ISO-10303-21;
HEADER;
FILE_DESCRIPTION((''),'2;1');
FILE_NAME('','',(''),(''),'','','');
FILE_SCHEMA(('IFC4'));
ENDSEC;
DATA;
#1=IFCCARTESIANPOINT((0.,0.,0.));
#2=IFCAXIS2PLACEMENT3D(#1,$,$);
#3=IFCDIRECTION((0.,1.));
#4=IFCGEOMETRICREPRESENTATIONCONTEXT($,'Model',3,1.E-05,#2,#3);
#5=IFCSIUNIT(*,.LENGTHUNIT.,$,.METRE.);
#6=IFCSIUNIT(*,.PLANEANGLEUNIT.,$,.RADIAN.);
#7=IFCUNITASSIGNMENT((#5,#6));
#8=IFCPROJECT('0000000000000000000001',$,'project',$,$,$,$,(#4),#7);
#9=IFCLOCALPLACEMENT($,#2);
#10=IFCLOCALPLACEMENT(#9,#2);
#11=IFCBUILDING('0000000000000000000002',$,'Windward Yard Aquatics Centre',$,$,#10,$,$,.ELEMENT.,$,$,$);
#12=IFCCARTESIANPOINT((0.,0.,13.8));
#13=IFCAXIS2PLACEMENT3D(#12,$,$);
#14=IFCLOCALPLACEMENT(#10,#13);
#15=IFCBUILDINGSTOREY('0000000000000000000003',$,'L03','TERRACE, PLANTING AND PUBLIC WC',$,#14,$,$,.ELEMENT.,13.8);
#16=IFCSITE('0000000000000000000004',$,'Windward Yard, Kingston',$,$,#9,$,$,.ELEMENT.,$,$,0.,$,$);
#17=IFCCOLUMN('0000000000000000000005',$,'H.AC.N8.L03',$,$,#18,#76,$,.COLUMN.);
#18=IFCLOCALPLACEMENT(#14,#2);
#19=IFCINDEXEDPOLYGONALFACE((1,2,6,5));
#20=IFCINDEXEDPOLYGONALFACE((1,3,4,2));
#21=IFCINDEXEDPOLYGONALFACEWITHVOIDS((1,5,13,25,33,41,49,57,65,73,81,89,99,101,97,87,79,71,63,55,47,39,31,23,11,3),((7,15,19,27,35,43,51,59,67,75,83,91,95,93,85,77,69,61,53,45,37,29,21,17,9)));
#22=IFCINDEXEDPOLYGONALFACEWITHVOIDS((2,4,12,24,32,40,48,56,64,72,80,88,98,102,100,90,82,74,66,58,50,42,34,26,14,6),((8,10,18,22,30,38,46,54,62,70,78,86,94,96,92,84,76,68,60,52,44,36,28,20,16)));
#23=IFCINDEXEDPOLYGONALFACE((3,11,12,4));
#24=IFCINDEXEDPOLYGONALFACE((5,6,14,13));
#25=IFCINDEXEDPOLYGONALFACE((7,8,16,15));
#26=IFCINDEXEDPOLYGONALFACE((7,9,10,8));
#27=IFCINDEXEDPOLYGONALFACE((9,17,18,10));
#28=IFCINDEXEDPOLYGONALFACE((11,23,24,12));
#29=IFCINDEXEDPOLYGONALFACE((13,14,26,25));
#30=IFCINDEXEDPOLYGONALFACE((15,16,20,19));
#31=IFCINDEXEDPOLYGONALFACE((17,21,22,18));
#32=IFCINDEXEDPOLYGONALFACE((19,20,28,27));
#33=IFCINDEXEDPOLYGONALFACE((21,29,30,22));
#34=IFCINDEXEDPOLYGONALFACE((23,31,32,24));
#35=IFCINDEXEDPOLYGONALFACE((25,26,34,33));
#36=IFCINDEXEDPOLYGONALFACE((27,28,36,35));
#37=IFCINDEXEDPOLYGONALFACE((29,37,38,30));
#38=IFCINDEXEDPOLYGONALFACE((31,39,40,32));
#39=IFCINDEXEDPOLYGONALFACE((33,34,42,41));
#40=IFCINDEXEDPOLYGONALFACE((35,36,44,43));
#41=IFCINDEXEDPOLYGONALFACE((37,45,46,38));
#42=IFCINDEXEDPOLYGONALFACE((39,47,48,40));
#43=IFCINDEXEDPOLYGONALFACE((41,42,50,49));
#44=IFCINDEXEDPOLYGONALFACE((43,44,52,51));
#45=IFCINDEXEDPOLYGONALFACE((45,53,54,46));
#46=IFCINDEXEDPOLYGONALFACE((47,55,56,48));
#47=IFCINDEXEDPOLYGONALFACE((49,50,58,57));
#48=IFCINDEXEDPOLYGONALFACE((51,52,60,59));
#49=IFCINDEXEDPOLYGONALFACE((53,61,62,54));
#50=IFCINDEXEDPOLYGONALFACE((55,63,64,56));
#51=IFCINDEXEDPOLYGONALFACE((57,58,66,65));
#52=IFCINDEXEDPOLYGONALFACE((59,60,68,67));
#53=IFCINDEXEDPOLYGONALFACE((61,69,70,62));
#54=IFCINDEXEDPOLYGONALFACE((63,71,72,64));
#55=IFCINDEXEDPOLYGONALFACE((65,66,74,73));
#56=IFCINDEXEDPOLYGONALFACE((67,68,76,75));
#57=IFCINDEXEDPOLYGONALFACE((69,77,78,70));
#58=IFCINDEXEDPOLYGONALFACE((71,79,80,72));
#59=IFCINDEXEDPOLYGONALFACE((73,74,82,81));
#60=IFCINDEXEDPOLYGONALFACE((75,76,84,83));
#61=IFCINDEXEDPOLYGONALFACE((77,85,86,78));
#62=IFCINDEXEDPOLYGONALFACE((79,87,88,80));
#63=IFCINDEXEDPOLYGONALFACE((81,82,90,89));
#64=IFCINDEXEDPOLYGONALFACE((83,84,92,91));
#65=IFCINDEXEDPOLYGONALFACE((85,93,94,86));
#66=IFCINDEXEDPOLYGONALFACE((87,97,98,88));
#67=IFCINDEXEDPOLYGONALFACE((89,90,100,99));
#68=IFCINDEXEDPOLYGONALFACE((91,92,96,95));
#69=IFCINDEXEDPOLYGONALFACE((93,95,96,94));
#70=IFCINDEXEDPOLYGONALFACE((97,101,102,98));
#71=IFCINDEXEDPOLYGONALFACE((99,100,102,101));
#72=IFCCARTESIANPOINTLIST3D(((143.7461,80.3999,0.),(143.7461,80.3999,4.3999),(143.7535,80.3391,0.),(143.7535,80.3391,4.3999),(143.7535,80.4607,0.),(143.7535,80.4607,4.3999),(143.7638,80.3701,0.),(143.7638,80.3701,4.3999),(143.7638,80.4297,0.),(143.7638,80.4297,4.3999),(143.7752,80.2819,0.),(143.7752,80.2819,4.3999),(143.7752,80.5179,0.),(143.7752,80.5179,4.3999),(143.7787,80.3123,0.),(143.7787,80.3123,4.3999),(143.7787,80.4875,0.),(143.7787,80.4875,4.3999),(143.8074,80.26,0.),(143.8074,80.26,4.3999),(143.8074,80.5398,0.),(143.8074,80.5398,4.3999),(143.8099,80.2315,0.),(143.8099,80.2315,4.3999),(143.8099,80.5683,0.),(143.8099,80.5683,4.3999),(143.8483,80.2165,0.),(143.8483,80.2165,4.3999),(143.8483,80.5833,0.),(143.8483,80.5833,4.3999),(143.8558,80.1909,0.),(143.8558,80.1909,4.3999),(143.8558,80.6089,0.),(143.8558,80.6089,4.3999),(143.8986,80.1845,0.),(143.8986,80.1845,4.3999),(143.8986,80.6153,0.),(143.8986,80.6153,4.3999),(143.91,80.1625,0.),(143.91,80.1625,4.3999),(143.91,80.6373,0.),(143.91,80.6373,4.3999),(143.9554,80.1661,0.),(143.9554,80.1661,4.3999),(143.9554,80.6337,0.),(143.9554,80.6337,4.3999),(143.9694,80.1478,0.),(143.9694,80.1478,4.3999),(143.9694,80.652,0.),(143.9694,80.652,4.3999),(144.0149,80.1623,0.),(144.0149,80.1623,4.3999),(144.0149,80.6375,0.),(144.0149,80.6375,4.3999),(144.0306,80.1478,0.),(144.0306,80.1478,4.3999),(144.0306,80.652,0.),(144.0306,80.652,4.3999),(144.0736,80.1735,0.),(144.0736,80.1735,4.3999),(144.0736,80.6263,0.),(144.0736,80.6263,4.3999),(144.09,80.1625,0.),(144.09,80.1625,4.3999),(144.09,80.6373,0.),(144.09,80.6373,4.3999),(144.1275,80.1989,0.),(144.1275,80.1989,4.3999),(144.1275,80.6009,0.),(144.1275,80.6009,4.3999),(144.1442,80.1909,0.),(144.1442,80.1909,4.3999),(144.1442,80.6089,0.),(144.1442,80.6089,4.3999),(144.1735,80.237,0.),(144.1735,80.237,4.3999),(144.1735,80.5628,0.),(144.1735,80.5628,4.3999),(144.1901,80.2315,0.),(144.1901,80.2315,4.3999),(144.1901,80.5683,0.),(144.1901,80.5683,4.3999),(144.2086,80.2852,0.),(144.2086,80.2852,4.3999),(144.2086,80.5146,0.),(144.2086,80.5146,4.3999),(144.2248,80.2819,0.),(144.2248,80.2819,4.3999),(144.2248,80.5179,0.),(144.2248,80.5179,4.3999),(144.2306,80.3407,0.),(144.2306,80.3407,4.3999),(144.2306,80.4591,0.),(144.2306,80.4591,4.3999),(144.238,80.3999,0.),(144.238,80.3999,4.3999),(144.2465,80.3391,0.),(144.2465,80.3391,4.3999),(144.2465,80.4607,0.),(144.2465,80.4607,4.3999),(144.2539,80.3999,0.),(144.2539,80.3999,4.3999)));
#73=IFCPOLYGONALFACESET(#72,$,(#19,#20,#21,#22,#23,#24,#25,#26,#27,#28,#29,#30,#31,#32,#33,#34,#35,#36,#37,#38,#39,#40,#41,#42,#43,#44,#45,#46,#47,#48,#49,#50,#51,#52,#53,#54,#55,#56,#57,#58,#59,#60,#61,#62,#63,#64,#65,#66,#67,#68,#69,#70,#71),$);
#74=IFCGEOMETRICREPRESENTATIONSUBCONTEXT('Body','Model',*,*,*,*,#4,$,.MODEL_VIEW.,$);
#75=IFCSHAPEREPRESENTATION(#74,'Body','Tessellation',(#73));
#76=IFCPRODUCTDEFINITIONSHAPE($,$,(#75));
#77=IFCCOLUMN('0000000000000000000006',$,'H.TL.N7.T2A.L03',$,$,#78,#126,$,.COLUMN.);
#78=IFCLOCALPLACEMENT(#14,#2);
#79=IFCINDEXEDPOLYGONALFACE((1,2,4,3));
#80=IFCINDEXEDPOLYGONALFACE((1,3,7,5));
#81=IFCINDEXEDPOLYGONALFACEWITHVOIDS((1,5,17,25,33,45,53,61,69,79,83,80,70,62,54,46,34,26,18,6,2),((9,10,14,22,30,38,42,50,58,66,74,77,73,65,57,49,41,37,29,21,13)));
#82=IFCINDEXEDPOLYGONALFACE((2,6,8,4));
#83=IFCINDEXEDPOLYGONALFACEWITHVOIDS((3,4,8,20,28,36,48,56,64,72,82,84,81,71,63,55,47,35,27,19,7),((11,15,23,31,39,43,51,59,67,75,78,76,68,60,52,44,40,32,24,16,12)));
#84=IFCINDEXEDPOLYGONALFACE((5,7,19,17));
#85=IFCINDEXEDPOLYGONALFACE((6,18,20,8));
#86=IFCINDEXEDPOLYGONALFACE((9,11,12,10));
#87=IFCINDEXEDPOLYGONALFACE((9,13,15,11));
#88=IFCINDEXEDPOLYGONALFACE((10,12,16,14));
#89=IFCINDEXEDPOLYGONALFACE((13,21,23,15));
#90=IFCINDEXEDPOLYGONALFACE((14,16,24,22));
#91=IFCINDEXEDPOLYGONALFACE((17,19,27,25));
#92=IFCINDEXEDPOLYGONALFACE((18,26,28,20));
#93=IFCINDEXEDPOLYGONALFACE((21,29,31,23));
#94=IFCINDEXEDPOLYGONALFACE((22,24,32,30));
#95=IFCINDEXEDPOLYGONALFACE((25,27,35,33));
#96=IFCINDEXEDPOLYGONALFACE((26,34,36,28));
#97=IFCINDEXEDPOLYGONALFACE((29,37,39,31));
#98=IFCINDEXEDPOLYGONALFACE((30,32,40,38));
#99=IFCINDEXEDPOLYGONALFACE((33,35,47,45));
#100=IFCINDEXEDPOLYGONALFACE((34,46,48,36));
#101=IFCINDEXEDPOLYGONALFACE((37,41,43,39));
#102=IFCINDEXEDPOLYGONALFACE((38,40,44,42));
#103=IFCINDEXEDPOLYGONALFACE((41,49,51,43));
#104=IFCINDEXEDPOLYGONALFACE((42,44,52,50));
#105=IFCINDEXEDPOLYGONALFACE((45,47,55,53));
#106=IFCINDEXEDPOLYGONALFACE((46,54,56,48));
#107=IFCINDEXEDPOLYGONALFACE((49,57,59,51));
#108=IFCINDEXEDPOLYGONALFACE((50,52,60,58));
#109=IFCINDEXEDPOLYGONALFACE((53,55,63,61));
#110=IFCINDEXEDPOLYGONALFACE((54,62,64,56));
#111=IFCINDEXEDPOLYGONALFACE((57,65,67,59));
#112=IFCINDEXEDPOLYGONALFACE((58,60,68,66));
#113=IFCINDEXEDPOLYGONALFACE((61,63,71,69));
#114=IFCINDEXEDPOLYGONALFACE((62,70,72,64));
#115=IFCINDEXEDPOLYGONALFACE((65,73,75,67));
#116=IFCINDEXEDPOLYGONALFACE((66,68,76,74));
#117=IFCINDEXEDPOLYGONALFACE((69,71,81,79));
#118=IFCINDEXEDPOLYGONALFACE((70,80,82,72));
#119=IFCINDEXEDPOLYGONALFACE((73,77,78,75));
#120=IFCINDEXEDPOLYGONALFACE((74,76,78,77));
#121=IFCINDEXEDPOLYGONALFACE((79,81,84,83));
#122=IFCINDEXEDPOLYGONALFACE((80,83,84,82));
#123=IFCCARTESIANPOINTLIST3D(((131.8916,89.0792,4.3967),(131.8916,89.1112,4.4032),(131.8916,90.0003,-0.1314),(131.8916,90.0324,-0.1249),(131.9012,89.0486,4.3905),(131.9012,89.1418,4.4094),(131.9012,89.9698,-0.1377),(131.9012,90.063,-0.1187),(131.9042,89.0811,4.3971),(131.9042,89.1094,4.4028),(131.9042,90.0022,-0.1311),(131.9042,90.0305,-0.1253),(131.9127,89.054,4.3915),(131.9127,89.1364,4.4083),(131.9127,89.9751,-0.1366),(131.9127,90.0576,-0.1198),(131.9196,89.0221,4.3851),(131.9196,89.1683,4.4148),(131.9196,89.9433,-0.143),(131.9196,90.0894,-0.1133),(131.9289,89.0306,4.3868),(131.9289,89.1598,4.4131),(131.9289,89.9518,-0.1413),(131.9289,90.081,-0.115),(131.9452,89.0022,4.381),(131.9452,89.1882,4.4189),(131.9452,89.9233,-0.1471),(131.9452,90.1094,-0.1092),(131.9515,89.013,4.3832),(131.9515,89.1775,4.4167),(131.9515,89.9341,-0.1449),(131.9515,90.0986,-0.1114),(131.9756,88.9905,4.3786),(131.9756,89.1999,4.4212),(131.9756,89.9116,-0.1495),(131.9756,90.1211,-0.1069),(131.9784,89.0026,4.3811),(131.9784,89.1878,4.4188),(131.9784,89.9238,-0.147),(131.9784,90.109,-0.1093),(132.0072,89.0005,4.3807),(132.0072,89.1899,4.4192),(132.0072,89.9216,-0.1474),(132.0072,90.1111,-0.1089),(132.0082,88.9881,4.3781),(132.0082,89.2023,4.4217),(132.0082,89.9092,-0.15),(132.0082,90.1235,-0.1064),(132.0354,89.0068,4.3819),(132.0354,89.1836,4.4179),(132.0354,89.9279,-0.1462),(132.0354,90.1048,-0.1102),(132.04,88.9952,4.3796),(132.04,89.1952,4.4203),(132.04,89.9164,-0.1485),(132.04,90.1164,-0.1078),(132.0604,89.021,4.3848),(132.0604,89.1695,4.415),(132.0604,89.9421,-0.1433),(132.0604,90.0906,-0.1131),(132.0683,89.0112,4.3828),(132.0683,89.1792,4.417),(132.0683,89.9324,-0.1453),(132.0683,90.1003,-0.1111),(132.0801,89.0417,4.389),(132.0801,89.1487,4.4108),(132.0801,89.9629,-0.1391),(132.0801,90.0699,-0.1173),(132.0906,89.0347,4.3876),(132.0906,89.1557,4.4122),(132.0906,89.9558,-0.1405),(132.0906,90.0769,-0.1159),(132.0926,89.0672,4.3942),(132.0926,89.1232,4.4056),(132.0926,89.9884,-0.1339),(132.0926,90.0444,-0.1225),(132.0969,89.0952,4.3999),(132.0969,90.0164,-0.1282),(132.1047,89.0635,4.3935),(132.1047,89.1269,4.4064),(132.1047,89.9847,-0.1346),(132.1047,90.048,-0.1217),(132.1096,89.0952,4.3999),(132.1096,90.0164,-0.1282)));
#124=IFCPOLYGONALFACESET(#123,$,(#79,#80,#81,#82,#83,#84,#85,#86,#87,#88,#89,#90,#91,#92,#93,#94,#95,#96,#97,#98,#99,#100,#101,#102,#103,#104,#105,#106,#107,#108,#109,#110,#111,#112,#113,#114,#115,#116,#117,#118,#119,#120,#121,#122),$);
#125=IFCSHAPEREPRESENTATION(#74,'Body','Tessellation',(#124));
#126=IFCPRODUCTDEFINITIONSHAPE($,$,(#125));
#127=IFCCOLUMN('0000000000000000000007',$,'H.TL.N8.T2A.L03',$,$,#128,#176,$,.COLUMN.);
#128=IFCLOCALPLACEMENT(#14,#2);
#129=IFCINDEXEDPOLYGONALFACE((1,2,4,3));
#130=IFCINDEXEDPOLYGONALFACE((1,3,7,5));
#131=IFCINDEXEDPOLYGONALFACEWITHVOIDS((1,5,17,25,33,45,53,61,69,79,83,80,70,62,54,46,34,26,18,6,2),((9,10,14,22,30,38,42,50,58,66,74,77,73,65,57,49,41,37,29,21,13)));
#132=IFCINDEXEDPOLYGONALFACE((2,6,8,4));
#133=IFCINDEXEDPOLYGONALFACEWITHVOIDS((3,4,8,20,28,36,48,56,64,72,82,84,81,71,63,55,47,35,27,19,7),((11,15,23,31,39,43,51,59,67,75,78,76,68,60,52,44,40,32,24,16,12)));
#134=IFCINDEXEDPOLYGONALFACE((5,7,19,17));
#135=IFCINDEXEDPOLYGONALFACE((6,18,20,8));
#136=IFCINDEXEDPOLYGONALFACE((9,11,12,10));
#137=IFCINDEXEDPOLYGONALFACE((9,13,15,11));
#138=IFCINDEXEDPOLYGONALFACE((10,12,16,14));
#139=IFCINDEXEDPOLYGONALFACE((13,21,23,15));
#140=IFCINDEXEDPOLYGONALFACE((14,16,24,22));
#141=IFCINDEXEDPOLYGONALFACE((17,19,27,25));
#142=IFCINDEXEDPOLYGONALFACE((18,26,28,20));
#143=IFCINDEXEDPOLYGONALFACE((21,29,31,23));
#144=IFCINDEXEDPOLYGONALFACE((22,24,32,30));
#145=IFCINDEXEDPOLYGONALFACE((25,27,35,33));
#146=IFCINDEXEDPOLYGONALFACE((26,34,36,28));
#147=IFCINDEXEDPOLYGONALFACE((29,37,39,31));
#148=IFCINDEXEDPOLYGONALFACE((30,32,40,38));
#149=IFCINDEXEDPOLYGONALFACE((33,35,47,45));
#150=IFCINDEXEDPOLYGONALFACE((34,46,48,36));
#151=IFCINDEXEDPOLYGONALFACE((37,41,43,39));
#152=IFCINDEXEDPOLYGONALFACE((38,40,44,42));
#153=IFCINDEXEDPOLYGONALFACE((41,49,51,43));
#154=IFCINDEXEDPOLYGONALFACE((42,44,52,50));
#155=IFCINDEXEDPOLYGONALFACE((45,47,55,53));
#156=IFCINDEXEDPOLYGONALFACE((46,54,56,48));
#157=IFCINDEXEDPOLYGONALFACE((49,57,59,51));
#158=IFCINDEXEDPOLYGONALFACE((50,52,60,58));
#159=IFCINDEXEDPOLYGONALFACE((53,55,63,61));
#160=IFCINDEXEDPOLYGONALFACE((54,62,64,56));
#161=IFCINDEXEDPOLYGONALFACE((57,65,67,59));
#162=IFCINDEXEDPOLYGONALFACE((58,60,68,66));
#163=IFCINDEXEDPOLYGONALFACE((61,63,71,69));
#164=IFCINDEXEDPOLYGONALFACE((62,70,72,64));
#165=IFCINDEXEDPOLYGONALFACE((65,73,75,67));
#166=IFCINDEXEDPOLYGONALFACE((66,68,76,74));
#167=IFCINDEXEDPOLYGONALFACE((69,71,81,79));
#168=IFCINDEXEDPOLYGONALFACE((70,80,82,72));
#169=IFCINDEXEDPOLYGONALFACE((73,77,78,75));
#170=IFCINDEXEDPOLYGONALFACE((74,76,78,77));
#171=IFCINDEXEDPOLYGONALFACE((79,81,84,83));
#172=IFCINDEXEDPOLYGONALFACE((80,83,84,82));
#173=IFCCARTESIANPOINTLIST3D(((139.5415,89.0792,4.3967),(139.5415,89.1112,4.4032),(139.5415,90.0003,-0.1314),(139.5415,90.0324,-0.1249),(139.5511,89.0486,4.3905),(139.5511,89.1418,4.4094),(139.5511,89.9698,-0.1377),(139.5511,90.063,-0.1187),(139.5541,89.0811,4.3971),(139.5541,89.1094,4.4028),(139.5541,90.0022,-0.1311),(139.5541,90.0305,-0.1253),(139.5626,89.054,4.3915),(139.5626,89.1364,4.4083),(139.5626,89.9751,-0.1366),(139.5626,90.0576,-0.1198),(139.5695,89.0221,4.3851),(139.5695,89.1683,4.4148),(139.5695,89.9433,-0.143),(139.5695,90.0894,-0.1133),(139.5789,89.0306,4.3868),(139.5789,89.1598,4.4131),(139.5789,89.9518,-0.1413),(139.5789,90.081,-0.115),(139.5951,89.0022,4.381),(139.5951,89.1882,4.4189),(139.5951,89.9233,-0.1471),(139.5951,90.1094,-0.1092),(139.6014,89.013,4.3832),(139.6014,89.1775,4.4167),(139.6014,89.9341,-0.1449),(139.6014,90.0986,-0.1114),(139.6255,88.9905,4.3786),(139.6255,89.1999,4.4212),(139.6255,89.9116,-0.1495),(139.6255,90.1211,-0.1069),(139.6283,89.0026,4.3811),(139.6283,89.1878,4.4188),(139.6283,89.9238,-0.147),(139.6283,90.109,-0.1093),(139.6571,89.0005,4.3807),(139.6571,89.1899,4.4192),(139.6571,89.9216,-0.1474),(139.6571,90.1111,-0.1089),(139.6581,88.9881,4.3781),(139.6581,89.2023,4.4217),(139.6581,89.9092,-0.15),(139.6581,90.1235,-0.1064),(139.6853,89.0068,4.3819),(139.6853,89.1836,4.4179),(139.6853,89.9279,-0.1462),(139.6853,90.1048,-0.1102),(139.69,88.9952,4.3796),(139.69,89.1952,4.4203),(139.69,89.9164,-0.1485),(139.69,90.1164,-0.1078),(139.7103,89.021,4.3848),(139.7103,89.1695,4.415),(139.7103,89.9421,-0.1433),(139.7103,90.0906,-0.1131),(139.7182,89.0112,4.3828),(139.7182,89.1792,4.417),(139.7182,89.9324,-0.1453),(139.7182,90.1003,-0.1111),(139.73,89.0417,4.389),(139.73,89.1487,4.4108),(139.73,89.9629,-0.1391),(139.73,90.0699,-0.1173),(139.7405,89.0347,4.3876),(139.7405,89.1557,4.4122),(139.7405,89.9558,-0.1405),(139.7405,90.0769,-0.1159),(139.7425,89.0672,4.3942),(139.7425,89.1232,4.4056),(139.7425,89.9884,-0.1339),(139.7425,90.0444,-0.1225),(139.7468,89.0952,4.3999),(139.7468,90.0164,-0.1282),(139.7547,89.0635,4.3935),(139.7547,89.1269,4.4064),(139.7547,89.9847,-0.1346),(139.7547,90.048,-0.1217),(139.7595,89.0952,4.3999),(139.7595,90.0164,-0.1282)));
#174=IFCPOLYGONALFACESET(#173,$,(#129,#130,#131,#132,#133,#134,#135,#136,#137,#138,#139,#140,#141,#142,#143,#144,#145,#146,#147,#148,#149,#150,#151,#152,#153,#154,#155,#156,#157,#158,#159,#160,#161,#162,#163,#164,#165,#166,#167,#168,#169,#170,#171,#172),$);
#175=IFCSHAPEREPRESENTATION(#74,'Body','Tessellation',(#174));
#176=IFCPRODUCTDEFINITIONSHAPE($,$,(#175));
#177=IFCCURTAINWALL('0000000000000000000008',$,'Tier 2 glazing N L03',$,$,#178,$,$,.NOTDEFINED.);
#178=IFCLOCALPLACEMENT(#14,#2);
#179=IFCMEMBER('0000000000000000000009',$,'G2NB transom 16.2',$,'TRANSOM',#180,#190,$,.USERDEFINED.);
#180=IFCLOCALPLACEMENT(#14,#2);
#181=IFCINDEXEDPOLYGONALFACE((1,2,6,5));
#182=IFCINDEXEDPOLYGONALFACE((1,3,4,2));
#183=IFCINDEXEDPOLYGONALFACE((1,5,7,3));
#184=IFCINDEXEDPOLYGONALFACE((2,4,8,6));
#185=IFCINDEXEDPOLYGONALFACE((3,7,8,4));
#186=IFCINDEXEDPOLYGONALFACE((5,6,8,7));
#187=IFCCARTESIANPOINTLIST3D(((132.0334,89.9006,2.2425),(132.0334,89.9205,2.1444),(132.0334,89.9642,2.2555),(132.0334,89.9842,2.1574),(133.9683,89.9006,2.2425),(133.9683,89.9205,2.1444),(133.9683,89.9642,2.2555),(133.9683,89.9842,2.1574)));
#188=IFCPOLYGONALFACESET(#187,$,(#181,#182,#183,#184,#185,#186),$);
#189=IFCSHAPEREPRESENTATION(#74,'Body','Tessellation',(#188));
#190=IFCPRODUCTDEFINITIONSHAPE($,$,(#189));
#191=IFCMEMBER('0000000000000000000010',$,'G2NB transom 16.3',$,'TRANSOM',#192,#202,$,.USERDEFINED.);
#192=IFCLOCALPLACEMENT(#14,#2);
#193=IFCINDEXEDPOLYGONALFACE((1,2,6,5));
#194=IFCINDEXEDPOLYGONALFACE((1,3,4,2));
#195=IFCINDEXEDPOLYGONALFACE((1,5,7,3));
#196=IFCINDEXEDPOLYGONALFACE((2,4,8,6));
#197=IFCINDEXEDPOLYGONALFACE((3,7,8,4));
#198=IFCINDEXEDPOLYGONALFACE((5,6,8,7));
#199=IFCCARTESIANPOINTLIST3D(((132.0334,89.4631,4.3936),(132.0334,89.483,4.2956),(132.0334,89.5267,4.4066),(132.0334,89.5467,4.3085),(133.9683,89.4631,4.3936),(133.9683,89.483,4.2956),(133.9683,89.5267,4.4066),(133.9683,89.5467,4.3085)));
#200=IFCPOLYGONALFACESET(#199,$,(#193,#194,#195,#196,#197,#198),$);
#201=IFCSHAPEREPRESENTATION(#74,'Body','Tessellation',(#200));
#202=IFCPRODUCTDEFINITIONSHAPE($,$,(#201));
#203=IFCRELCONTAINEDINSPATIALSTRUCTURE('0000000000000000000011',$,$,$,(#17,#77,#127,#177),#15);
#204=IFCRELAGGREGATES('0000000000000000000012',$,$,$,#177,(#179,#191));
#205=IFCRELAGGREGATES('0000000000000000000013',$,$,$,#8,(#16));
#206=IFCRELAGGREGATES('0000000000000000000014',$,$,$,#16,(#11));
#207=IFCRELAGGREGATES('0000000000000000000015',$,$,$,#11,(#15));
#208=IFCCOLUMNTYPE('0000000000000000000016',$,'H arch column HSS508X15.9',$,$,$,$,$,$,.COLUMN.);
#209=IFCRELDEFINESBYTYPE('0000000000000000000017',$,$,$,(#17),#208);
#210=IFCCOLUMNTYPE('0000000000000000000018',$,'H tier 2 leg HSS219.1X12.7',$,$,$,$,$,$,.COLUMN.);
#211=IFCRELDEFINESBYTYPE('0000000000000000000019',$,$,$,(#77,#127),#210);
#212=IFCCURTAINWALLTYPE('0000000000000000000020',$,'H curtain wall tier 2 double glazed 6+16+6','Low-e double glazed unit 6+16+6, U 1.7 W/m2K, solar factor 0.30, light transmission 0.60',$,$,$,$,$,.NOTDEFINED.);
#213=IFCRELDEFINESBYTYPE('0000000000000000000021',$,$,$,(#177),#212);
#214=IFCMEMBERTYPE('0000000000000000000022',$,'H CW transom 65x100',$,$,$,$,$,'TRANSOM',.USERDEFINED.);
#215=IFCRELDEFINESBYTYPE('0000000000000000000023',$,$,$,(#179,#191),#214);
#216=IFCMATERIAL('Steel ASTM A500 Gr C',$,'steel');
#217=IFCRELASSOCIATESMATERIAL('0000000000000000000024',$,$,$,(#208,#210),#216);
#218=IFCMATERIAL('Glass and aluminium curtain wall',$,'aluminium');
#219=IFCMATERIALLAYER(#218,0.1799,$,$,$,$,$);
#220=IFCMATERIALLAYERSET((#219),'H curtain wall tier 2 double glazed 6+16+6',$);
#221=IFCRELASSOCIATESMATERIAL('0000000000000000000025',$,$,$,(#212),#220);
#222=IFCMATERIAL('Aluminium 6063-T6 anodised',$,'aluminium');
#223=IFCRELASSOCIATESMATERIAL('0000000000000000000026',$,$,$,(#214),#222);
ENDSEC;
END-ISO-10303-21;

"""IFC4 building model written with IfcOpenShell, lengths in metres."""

from ifc_helpers import new_model, si_unit, direction, frame, origin, origin_2d, place, context, subcontext, project, spatial, rectangle, hollow_circle, extrude, material, layer, layer_set, material_profile, profile_set, type_object, element, aggregate, save


model = new_model("IFC4")

# Units and contexts
model_context = context("Model", 3, precision=1e-05, world=origin(), true_north=direction((0.0, 1.0)))
body_context = subcontext(model_context, "Body", "Model", "MODEL_VIEW")
ifc_project = project(units=[si_unit("LENGTHUNIT", "METRE"), si_unit("PLANEANGLEUNIT", "RADIAN")], contexts=[model_context])

# Site, building, storey
site_placement = place(None, origin())
site = spatial("IfcSite", under=ifc_project, at=site_placement, Name="Windward Yard, Kingston", CompositionType="ELEMENT", RefElevation=0.0)
building_placement = place(site_placement, origin())
building = spatial("IfcBuilding", under=site, at=building_placement, Name="Windward Yard Aquatics Centre", CompositionType="ELEMENT")
storey_placement = place(building_placement, frame((0.0, 0.0, 13.8)))
storey = spatial("IfcBuildingStorey", under=building, at=storey_placement, Name="L03", Description="TERRACE, PLANTING AND PUBLIC WC", CompositionType="ELEMENT", Elevation=13.8)

# Columns
ifc_material_1 = material(Name="Steel ASTM A500 Gr C", Category="steel")
ifc_material_profile_1 = material_profile(ifc_material_1, hollow_circle(Radius=0.2539, WallThickness=0.0159, at=origin_2d()), Name="HSS508X15.9")
ifc_profile_set_1 = profile_set([ifc_material_profile_1], Name="Steel ASTM A500 Gr C")
column_type_1 = type_object("IfcColumnType", Name="H arch column HSS508X15.9", PredefinedType="COLUMN", material=ifc_profile_set_1)
column_placement = place(storey_placement, frame((144.0, 80.3999, 0.0), z_axis=(0.0, 0.0, 1.0), x_axis=(1.0, 0.0, 0.0)))
element("IfcColumn", 1, at=column_placement, inside=storey, type_object=column_type_1, Name="H.AC.N8.L03", PredefinedType="COLUMN", context=body_context, shape_type="SweptSolid", body=[
    extrude(hollow_circle(Radius=0.2539, WallThickness=0.0159, at=origin_2d()), origin(), (0.0, 0.0, 1.0), 4.3999),
])
ifc_material_profile_2 = material_profile(ifc_material_1, hollow_circle(Radius=0.1096, WallThickness=0.0127, at=origin_2d()), Name="HSS219.1X12.7")
ifc_profile_set_2 = profile_set([ifc_material_profile_2], Name="Steel ASTM A500 Gr C")
column_type_2 = type_object("IfcColumnType", Name="H tier 2 leg HSS219.1X12.7", PredefinedType="COLUMN", material=ifc_profile_set_2)
for number, where, z_axis, x_axis, name in (
    (2, (132.0, 90.0164, -0.1282), (0.0, -0.199346, 0.979929), (1.0, 0.0, 0.0), "H.TL.N7.T2A.L03"),
    (3, (139.6499, 90.0164, -0.1282), (0.0, -0.199346, 0.979929), (1.0, 0.0, 0.0), "H.TL.N8.T2A.L03"),
):
    element("IfcColumn", number, at=place(storey_placement, frame(where, z_axis=z_axis, x_axis=x_axis)), inside=storey, type_object=column_type_2, Name=name, PredefinedType="COLUMN", context=body_context, shape_type="SweptSolid", body=[
        extrude(hollow_circle(Radius=0.1096, WallThickness=0.0127, at=origin_2d()), origin(), (0.0, 0.0, 1.0), 4.6208),
    ])

# Curtain wall, members
ifc_material_2 = material(Name="Glass and aluminium curtain wall", Category="aluminium")
ifc_layer_1 = layer(ifc_material_2, 0.1799)
ifc_layer_set_1 = layer_set([ifc_layer_1], Name="H curtain wall tier 2 double glazed 6+16+6")
curtain_wall_type = type_object("IfcCurtainWallType", Name="H curtain wall tier 2 double glazed 6+16+6", Description="Low-e double glazed unit 6+16+6, U 1.7 W/m2K, solar factor 0.30, light transmission 0.60", PredefinedType="NOTDEFINED", material=ifc_layer_set_1)
curtain_wall_1_placement = place(storey_placement, origin())
curtain_wall_1 = element("IfcCurtainWall", 4, at=curtain_wall_1_placement, inside=storey, type_object=curtain_wall_type, Name="Tier 2 glazing N L03", PredefinedType="NOTDEFINED")
ifc_material_3 = material(Name="Aluminium 6063-T6 anodised", Category="aluminium")
ifc_material_profile_3 = material_profile(ifc_material_3, rectangle(XDim=0.0649, YDim=0.1001, at=origin_2d()), Name="H CW transom 65x100")
ifc_profile_set_3 = profile_set([ifc_material_profile_3], Name="Aluminium 6063-T6 anodised")
member_type_1 = type_object("IfcMemberType", Name="H CW transom 65x100", ElementType="TRANSOM", PredefinedType="USERDEFINED", material=ifc_profile_set_3)
member_1_placement = place(storey_placement, frame((132.0334, 89.9424, 2.2), z_axis=(1.0, 0.0, 0.0), x_axis=(0.0, 0.979925, 0.199368)))
member_1 = element("IfcMember", 5, at=member_1_placement, type_object=member_type_1, Name="G2NB transom 16.2", ObjectType="TRANSOM", PredefinedType="USERDEFINED", context=body_context, shape_type="SweptSolid", body=[
    extrude(rectangle(XDim=0.0649, YDim=0.1001, at=origin_2d()), origin(), (0.0, 0.0, 1.0), 1.9348),
])
member_2_placement = place(storey_placement, frame((132.0334, 89.5049, 4.3511), z_axis=(1.0, 0.0, 0.0), x_axis=(0.0, 0.979925, 0.199368)))
member_2 = element("IfcMember", 6, at=member_2_placement, type_object=member_type_1, Name="G2NB transom 16.3", ObjectType="TRANSOM", PredefinedType="USERDEFINED", context=body_context, shape_type="SweptSolid", body=[
    extrude(rectangle(XDim=0.0649, YDim=0.1001, at=origin_2d()), origin(), (0.0, 0.0, 1.0), 1.9348),
])

aggregate(curtain_wall_1, [member_1, member_2])

save(model, "model.ifc")
